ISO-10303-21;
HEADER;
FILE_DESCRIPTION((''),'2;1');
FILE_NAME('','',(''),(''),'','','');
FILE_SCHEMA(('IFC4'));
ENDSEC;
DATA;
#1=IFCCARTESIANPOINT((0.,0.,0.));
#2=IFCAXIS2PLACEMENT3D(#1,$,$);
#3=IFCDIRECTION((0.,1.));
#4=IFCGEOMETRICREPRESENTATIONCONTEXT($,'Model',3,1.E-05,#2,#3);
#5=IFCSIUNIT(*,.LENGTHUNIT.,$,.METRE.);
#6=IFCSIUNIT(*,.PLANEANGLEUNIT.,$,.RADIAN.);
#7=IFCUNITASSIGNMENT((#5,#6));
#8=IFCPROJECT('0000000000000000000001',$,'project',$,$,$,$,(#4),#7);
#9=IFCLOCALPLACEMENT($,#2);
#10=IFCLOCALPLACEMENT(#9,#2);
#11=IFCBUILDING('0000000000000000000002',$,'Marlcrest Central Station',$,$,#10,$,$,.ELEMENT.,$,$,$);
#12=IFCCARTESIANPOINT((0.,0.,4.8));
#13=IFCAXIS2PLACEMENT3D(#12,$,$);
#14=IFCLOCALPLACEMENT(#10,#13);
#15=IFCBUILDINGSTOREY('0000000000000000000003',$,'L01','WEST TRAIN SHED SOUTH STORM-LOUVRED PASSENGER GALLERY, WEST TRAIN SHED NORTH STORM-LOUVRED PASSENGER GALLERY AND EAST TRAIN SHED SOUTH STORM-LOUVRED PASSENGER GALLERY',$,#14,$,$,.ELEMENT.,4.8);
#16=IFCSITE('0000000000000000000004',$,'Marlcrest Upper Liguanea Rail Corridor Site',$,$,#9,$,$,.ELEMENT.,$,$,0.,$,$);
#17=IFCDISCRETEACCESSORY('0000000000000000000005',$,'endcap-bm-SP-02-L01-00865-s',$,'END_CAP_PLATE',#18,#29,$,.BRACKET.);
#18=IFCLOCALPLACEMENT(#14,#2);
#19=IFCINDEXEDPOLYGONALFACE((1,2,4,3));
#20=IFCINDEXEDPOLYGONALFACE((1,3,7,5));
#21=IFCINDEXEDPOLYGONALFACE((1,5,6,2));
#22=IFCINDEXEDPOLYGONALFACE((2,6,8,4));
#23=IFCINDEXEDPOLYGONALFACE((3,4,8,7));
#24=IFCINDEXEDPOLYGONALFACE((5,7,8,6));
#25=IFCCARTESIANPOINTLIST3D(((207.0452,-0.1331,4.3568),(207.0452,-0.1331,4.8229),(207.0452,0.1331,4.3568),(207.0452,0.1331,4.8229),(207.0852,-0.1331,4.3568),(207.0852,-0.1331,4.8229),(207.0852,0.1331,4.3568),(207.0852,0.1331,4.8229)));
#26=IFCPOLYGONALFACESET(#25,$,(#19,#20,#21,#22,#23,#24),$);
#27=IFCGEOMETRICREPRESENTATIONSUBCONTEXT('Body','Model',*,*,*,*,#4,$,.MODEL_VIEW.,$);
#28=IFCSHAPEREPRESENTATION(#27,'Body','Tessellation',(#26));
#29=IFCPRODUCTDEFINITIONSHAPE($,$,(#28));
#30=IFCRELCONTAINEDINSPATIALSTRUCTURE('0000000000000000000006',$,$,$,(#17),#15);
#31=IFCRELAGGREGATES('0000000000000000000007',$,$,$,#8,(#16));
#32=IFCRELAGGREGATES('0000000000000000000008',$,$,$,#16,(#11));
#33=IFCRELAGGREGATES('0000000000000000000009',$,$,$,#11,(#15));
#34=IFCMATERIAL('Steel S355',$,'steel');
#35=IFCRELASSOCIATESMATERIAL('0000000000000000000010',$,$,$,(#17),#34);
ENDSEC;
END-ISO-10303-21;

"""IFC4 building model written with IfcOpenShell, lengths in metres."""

from ifc_helpers import new_model, si_unit, direction, frame, origin, origin_2d, place, context, subcontext, project, spatial, rectangle, extrude, material, element, save


model = new_model("IFC4")

# Units and contexts
model_context = context("Model", 3, precision=1e-05, world=origin(), true_north=direction((0.0, 1.0)))
body_context = subcontext(model_context, "Body", "Model", "MODEL_VIEW")
ifc_project = project(units=[si_unit("LENGTHUNIT", "METRE"), si_unit("PLANEANGLEUNIT", "RADIAN")], contexts=[model_context])

# Site, building, storey
site_placement = place(None, origin())
site = spatial("IfcSite", under=ifc_project, at=site_placement, Name="Marlcrest Upper Liguanea Rail Corridor Site", CompositionType="ELEMENT", RefElevation=0.0)
building_placement = place(site_placement, origin())
building = spatial("IfcBuilding", under=site, at=building_placement, Name="Marlcrest Central Station", CompositionType="ELEMENT")
storey_placement = place(building_placement, frame((0.0, 0.0, 4.8)))
storey = spatial("IfcBuildingStorey", under=building, at=storey_placement, Name="L01", Description="WEST TRAIN SHED SOUTH STORM-LOUVRED PASSENGER GALLERY, WEST TRAIN SHED NORTH STORM-LOUVRED PASSENGER GALLERY AND EAST TRAIN SHED SOUTH STORM-LOUVRED PASSENGER GALLERY", CompositionType="ELEMENT", Elevation=4.8)

# Shared definitions
ifc_material_1 = material(Name="Steel S355", Category="steel")

# Discrete accessory
for number, where, z_axis, x_axis, name in (
    (1, (207.0452, 0.0, 4.5898), (1.0, 0.0, 0.0), (0.0, 1.0, 0.0), "endcap-bm-SP-02-L01-00865-s"),
):
    element("IfcDiscreteAccessory", number, at=place(storey_placement, frame(where, z_axis=z_axis, x_axis=x_axis)), inside=storey, material=ifc_material_1, Name=name, ObjectType="END_CAP_PLATE", PredefinedType="BRACKET", context=body_context, shape_type="SweptSolid", body=[
        extrude(rectangle(XDim=0.2661, YDim=0.4661, at=origin_2d()), origin(), (0.0, 0.0, 1.0), 0.04),
    ])

save(model, "model.ifc")
